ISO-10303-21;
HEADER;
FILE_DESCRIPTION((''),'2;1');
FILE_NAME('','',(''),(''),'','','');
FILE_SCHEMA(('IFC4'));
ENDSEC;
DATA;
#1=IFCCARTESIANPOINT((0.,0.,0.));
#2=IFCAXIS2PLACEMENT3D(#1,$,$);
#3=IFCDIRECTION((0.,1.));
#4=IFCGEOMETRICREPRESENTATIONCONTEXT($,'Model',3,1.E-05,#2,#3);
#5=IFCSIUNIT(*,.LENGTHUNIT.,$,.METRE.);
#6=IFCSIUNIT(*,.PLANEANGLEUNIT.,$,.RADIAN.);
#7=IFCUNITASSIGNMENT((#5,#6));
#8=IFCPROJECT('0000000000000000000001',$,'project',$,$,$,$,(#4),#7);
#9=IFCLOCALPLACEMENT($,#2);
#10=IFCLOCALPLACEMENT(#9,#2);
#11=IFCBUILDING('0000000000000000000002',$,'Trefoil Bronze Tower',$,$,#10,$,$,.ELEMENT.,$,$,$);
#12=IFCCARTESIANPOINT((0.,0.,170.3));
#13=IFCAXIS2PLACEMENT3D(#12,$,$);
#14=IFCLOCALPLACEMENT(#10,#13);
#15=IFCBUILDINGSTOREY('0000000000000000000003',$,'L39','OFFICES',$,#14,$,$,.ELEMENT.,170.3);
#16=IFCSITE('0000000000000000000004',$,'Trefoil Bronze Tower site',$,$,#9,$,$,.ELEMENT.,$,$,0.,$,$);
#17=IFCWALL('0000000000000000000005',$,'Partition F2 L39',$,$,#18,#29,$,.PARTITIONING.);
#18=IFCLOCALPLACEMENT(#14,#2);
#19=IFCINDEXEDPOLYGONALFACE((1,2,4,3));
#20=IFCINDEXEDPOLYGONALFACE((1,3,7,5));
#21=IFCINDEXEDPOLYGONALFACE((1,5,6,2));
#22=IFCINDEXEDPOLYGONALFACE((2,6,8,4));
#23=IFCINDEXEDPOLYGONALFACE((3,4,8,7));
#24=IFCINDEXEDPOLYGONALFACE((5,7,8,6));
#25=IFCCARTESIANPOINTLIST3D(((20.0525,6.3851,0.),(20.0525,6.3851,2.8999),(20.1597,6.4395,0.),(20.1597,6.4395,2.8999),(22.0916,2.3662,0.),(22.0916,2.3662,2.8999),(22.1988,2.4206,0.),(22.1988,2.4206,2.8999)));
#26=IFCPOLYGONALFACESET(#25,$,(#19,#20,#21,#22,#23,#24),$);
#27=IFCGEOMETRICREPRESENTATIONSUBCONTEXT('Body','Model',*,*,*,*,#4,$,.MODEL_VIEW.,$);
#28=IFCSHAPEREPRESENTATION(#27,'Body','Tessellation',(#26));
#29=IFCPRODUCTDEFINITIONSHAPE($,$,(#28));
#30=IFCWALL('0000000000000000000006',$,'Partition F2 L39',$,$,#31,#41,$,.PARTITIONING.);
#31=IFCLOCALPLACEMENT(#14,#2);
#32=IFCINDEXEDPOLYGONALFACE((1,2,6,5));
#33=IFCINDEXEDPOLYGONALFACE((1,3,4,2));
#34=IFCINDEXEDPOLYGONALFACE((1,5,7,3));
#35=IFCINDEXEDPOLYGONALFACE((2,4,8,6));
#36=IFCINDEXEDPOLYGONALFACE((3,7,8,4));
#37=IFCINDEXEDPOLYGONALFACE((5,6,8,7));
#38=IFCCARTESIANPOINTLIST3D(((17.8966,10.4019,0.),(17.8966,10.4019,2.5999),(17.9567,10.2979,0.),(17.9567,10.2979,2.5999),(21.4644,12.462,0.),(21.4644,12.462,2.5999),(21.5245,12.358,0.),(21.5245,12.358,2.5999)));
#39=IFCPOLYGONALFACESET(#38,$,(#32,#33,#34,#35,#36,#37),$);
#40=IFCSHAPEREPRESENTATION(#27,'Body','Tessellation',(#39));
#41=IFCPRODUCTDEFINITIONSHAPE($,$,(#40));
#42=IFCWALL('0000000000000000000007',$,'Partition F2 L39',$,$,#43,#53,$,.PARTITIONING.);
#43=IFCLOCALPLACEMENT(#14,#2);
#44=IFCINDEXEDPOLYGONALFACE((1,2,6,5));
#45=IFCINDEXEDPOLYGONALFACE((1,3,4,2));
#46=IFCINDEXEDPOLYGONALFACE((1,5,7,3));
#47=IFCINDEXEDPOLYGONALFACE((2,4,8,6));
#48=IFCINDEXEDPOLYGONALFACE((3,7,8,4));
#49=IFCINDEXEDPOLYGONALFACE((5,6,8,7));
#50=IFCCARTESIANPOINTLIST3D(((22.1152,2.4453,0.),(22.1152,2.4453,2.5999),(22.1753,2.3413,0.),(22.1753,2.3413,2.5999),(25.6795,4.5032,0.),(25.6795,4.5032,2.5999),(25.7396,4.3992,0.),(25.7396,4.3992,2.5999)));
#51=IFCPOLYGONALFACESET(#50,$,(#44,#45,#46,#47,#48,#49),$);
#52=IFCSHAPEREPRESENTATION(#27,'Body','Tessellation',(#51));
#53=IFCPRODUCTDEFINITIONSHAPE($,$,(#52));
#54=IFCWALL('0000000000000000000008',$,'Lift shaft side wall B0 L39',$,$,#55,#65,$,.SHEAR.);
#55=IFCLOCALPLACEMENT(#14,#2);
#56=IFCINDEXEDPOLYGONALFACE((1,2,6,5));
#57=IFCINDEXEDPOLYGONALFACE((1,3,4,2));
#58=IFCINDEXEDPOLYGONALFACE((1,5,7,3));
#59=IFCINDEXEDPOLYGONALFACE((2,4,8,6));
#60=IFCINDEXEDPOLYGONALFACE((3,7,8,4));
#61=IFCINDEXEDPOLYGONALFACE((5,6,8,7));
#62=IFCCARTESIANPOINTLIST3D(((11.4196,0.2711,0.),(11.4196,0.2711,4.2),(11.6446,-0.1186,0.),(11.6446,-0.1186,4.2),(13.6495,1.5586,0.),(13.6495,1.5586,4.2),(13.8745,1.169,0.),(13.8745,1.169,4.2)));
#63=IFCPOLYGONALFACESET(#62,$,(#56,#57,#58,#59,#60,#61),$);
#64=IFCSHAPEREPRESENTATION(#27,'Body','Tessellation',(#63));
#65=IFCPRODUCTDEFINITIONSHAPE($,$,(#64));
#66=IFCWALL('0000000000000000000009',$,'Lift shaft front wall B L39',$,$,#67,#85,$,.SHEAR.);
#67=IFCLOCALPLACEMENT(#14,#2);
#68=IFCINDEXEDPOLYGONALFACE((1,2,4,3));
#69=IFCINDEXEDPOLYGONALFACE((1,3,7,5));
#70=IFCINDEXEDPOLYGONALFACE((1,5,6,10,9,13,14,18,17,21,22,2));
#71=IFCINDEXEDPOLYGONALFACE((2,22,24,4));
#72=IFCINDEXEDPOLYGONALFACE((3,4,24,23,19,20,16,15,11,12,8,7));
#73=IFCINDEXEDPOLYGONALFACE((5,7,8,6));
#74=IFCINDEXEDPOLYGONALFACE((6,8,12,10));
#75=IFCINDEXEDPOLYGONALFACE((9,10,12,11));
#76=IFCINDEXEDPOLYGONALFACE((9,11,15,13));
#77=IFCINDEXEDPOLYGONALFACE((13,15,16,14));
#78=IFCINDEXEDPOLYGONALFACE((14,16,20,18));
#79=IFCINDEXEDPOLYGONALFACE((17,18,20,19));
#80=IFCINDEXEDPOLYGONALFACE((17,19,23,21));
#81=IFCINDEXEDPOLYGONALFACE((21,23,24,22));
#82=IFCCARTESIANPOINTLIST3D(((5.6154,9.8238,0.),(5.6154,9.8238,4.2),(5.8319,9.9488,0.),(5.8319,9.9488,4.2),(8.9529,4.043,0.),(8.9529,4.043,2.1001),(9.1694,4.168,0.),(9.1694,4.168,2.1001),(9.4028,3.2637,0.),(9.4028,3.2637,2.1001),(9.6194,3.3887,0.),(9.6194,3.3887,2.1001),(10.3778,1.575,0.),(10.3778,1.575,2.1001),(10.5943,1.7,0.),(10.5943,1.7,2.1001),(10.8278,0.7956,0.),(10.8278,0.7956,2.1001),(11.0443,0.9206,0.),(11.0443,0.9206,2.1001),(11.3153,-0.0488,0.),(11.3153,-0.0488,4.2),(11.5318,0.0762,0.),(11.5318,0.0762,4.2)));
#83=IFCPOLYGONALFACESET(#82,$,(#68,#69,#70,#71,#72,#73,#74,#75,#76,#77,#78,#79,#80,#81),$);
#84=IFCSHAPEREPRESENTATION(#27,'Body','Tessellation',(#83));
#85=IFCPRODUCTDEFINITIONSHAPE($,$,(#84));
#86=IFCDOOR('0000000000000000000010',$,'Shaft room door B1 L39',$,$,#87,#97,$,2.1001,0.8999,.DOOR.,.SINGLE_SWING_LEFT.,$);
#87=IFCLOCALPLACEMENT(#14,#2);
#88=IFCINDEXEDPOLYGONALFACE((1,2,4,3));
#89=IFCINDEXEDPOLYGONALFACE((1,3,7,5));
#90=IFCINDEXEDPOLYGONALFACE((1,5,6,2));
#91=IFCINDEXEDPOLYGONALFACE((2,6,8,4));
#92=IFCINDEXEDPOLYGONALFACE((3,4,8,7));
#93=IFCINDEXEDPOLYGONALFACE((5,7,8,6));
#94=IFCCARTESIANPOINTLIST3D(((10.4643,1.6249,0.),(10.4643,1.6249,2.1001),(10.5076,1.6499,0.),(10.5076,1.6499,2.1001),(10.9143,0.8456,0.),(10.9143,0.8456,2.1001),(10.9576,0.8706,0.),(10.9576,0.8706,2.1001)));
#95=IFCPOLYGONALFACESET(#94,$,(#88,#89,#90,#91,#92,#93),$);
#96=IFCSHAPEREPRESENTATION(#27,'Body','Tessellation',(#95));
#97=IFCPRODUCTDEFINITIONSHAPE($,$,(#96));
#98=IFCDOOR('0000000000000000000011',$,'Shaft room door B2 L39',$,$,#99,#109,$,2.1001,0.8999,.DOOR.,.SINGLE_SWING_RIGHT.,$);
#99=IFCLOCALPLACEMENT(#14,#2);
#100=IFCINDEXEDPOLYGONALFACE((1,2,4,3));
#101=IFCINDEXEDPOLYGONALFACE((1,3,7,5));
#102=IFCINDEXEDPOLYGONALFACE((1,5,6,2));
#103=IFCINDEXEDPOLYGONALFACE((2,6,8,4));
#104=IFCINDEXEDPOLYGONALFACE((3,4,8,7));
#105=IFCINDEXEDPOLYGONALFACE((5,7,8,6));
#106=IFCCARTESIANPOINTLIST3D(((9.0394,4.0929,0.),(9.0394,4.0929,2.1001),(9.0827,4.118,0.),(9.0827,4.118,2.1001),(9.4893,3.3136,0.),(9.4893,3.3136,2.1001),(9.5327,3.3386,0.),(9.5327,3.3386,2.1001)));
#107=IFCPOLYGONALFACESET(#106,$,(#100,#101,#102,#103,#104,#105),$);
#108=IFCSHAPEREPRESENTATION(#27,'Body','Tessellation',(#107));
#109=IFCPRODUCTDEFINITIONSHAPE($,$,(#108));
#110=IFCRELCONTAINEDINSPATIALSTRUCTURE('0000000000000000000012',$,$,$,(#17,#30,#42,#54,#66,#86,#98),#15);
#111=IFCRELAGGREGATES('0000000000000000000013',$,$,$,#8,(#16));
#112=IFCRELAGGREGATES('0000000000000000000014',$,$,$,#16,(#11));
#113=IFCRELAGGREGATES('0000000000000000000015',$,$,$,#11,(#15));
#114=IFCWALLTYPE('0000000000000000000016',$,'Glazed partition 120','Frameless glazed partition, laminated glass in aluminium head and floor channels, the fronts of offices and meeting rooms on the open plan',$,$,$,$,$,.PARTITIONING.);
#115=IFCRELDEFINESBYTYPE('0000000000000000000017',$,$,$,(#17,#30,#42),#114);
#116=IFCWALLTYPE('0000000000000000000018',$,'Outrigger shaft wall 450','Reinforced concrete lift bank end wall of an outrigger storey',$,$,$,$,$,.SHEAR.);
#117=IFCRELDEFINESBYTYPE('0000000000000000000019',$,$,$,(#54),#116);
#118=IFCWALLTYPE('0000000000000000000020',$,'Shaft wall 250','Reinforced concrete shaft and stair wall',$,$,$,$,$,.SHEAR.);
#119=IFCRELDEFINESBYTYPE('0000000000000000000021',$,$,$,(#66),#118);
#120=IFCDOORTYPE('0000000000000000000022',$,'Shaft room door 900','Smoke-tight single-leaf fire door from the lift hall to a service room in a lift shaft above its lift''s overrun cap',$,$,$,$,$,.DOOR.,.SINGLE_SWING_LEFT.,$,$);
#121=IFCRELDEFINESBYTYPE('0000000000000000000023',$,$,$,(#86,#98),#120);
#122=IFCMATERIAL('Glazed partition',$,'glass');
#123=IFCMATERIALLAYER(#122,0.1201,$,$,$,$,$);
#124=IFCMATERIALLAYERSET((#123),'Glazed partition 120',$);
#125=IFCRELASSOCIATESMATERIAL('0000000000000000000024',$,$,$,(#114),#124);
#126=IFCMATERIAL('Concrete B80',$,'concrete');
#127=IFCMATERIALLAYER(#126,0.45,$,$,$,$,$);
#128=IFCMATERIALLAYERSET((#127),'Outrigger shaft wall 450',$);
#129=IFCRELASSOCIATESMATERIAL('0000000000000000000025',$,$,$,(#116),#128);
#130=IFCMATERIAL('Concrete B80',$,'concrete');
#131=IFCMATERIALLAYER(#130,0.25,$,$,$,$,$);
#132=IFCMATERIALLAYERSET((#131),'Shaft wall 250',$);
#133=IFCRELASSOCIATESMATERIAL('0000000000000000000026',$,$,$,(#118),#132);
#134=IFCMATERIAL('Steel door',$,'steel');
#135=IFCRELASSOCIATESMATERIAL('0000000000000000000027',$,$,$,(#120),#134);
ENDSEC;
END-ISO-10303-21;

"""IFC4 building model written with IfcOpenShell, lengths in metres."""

from ifc_helpers import new_model, si_unit, direction, frame, frame_2d, origin, place, context, subcontext, project, spatial, rectangle, extrude, material, layer, layer_set, type_object, element, fill, save


model = new_model("IFC4")

# Units and contexts
model_context = context("Model", 3, precision=1e-05, world=origin(), true_north=direction((0.0, 1.0)))
body_context = subcontext(model_context, "Body", "Model", "MODEL_VIEW")
ifc_project = project(units=[si_unit("LENGTHUNIT", "METRE"), si_unit("PLANEANGLEUNIT", "RADIAN")], contexts=[model_context])

# Site, building, storey
site_placement = place(None, origin())
site = spatial("IfcSite", under=ifc_project, at=site_placement, Name="Trefoil Bronze Tower site", CompositionType="ELEMENT", RefElevation=0.0)
building_placement = place(site_placement, origin())
building = spatial("IfcBuilding", under=site, at=building_placement, Name="Trefoil Bronze Tower", CompositionType="ELEMENT")
storey_placement = place(building_placement, frame((0.0, 0.0, 170.3)))
storey = spatial("IfcBuildingStorey", under=building, at=storey_placement, Name="L39", Description="OFFICES", CompositionType="ELEMENT", Elevation=170.3)

# Shared definitions
ifc_material_1 = material(Name="Glazed partition", Category="glass")
ifc_layer_1 = layer(ifc_material_1, 0.1201)
ifc_layer_set_1 = layer_set([ifc_layer_1], Name="Glazed partition 120")
wall_type_1 = type_object("IfcWallType", Name="Glazed partition 120", Description="Frameless glazed partition, laminated glass in aluminium head and floor channels, the fronts of offices and meeting rooms on the open plan", PredefinedType="PARTITIONING", material=ifc_layer_set_1)

# Walls
wall_1_placement = place(storey_placement, frame((22.1453, 2.3933, 0.0), z_axis=(0.0, 0.0, 1.0), x_axis=(-0.452472, 0.891779, 0.0)))
element("IfcWall", 1, at=wall_1_placement, inside=storey, type_object=wall_type_1, Name="Partition F2 L39", PredefinedType="PARTITIONING", context=body_context, shape_type="SweptSolid", body=[
    extrude(rectangle(XDim=4.5066, YDim=0.1201, at=frame_2d((2.2534, 0.0))), origin(), (0.0, 0.0, 1.0), 2.8999),
])
wall_2_placement = place(storey_placement, frame((17.9265, 10.3499, 0.0), z_axis=(0.0, 0.0, 1.0), x_axis=(0.86601, 0.500027, 0.0)))
element("IfcWall", 2, at=wall_2_placement, inside=storey, type_object=wall_type_1, Name="Partition F2 L39", PredefinedType="PARTITIONING", context=body_context, shape_type="SweptSolid", body=[
    extrude(rectangle(XDim=4.1199, YDim=0.1201, at=frame_2d((2.0601, 0.0))), origin(), (0.0, 0.0, 1.0), 2.5999),
])
wall_3_placement = place(storey_placement, frame((22.1453, 2.3933, 0.0), z_axis=(0.0, 0.0, 1.0), x_axis=(0.866019, 0.500012, 0.0)))
element("IfcWall", 3, at=wall_3_placement, inside=storey, type_object=wall_type_1, Name="Partition F2 L39", PredefinedType="PARTITIONING", context=body_context, shape_type="SweptSolid", body=[
    extrude(rectangle(XDim=4.1157, YDim=0.1201, at=frame_2d((2.0579, 0.0))), origin(), (0.0, 0.0, 1.0), 2.5999),
])
ifc_material_2 = material(Name="Concrete B80", Category="concrete")
ifc_layer_2 = layer(ifc_material_2, 0.45)
ifc_layer_set_2 = layer_set([ifc_layer_2], Name="Outrigger shaft wall 450")
wall_type_2 = type_object("IfcWallType", Name="Outrigger shaft wall 450", Description="Reinforced concrete lift bank end wall of an outrigger storey", PredefinedType="SHEAR", material=ifc_layer_set_2)
wall_4_placement = place(storey_placement, frame((11.532, 0.0762, 0.0), z_axis=(0.0, 0.0, 1.0), x_axis=(0.866006, 0.500034, 0.0)))
element("IfcWall", 4, at=wall_4_placement, inside=storey, type_object=wall_type_2, Name="Lift shaft side wall B0 L39", PredefinedType="SHEAR", context=body_context, shape_type="SweptSolid", body=[
    extrude(rectangle(XDim=2.575, YDim=0.45, at=frame_2d((1.2876, 0.0))), origin(), (0.0, 0.0, 1.0), 4.2),
])

# Wall, openings, doors
ifc_material_3 = material(Name="Concrete B80", Category="concrete")
ifc_layer_3 = layer(ifc_material_3, 0.25)
ifc_layer_set_3 = layer_set([ifc_layer_3], Name="Shaft wall 250")
wall_type_3 = type_object("IfcWallType", Name="Shaft wall 250", Description="Reinforced concrete shaft and stair wall", PredefinedType="SHEAR", material=ifc_layer_set_3)
wall_5_placement = place(storey_placement, frame((11.4236, 0.0137, 0.0), z_axis=(0.0, 0.0, 1.0), x_axis=(-0.500002, 0.866024, 0.0)))
wall_5 = element("IfcWall", 5, at=wall_5_placement, inside=storey, type_object=wall_type_3, Name="Lift shaft front wall B L39", PredefinedType="SHEAR", context=body_context, shape_type="SweptSolid", body=[
    extrude(rectangle(XDim=11.3999, YDim=0.25, at=frame_2d((5.7, 0.0))), origin(), (0.0, 0.0, 1.0), 4.2),
])
opening_1_placement = place(wall_5_placement, frame((0.9751, 0.0, 0.0)))
opening_1 = element("IfcOpeningElement", 6, at=opening_1_placement, cuts=wall_5, PredefinedType="OPENING", context=body_context, shape_type="SweptSolid", body=[
    extrude(rectangle(XDim=0.8999, YDim=2.1001, at=frame_2d((0.45, 1.05))), frame((0.0, 0.135, 0.0), z_axis=(0.0, -1.0, 0.0), x_axis=(1.0, 0.0, 0.0)), (0.0, 0.0, 1.0), 0.27),
])
opening_2_placement = place(wall_5_placement, frame((3.825, 0.0, 0.0)))
opening_2 = element("IfcOpeningElement", 7, at=opening_2_placement, cuts=wall_5, PredefinedType="OPENING", context=body_context, shape_type="SweptSolid", body=[
    extrude(rectangle(XDim=0.8999, YDim=2.1001, at=frame_2d((0.45, 1.05))), frame((0.0, 0.135, 0.0), z_axis=(0.0, -1.0, 0.0), x_axis=(1.0, 0.0, 0.0)), (0.0, 0.0, 1.0), 0.27),
])
ifc_material_4 = material(Name="Steel door", Category="steel")
door_type_1 = type_object("IfcDoorType", Name="Shaft room door 900", Description="Smoke-tight single-leaf fire door from the lift hall to a service room in a lift shaft above its lift's overrun cap", OperationType="SINGLE_SWING_LEFT", PredefinedType="DOOR", material=ifc_material_4)
door_1_placement = place(opening_1_placement, frame((0.8999, 0.0, 0.0), z_axis=(0.0, 0.0, 1.0), x_axis=(-1.0, 0.0, 0.0)))
door_1 = element("IfcDoor", 8, at=door_1_placement, inside=storey, type_object=door_type_1, Name="Shaft room door B1 L39", OperationType="SINGLE_SWING_LEFT", OverallHeight=2.1001, OverallWidth=0.8999, PredefinedType="DOOR", context=body_context, shape_type="SweptSolid", body=[
    extrude(rectangle(XDim=0.8999, YDim=2.1001, at=frame_2d((0.45, 1.05))), frame((0.0, 0.0249, 0.0), z_axis=(0.0, -1.0, 0.0), x_axis=(1.0, 0.0, 0.0)), (0.0, 0.0, 1.0), 0.05),
])
fill(opening_1, door_1)
door_2_placement = place(opening_2_placement, frame((0.8999, 0.0, 0.0), z_axis=(0.0, 0.0, 1.0), x_axis=(-1.0, 0.0, 0.0)))
door_2 = element("IfcDoor", 9, at=door_2_placement, inside=storey, type_object=door_type_1, Name="Shaft room door B2 L39", OperationType="SINGLE_SWING_RIGHT", OverallHeight=2.1001, OverallWidth=0.8999, PredefinedType="DOOR", context=body_context, shape_type="SweptSolid", body=[
    extrude(rectangle(XDim=0.8999, YDim=2.1001, at=frame_2d((0.45, 1.05))), frame((0.0, 0.0249, 0.0), z_axis=(0.0, -1.0, 0.0), x_axis=(1.0, 0.0, 0.0)), (0.0, 0.0, 1.0), 0.05),
])
fill(opening_2, door_2)

save(model, "model.ifc")
